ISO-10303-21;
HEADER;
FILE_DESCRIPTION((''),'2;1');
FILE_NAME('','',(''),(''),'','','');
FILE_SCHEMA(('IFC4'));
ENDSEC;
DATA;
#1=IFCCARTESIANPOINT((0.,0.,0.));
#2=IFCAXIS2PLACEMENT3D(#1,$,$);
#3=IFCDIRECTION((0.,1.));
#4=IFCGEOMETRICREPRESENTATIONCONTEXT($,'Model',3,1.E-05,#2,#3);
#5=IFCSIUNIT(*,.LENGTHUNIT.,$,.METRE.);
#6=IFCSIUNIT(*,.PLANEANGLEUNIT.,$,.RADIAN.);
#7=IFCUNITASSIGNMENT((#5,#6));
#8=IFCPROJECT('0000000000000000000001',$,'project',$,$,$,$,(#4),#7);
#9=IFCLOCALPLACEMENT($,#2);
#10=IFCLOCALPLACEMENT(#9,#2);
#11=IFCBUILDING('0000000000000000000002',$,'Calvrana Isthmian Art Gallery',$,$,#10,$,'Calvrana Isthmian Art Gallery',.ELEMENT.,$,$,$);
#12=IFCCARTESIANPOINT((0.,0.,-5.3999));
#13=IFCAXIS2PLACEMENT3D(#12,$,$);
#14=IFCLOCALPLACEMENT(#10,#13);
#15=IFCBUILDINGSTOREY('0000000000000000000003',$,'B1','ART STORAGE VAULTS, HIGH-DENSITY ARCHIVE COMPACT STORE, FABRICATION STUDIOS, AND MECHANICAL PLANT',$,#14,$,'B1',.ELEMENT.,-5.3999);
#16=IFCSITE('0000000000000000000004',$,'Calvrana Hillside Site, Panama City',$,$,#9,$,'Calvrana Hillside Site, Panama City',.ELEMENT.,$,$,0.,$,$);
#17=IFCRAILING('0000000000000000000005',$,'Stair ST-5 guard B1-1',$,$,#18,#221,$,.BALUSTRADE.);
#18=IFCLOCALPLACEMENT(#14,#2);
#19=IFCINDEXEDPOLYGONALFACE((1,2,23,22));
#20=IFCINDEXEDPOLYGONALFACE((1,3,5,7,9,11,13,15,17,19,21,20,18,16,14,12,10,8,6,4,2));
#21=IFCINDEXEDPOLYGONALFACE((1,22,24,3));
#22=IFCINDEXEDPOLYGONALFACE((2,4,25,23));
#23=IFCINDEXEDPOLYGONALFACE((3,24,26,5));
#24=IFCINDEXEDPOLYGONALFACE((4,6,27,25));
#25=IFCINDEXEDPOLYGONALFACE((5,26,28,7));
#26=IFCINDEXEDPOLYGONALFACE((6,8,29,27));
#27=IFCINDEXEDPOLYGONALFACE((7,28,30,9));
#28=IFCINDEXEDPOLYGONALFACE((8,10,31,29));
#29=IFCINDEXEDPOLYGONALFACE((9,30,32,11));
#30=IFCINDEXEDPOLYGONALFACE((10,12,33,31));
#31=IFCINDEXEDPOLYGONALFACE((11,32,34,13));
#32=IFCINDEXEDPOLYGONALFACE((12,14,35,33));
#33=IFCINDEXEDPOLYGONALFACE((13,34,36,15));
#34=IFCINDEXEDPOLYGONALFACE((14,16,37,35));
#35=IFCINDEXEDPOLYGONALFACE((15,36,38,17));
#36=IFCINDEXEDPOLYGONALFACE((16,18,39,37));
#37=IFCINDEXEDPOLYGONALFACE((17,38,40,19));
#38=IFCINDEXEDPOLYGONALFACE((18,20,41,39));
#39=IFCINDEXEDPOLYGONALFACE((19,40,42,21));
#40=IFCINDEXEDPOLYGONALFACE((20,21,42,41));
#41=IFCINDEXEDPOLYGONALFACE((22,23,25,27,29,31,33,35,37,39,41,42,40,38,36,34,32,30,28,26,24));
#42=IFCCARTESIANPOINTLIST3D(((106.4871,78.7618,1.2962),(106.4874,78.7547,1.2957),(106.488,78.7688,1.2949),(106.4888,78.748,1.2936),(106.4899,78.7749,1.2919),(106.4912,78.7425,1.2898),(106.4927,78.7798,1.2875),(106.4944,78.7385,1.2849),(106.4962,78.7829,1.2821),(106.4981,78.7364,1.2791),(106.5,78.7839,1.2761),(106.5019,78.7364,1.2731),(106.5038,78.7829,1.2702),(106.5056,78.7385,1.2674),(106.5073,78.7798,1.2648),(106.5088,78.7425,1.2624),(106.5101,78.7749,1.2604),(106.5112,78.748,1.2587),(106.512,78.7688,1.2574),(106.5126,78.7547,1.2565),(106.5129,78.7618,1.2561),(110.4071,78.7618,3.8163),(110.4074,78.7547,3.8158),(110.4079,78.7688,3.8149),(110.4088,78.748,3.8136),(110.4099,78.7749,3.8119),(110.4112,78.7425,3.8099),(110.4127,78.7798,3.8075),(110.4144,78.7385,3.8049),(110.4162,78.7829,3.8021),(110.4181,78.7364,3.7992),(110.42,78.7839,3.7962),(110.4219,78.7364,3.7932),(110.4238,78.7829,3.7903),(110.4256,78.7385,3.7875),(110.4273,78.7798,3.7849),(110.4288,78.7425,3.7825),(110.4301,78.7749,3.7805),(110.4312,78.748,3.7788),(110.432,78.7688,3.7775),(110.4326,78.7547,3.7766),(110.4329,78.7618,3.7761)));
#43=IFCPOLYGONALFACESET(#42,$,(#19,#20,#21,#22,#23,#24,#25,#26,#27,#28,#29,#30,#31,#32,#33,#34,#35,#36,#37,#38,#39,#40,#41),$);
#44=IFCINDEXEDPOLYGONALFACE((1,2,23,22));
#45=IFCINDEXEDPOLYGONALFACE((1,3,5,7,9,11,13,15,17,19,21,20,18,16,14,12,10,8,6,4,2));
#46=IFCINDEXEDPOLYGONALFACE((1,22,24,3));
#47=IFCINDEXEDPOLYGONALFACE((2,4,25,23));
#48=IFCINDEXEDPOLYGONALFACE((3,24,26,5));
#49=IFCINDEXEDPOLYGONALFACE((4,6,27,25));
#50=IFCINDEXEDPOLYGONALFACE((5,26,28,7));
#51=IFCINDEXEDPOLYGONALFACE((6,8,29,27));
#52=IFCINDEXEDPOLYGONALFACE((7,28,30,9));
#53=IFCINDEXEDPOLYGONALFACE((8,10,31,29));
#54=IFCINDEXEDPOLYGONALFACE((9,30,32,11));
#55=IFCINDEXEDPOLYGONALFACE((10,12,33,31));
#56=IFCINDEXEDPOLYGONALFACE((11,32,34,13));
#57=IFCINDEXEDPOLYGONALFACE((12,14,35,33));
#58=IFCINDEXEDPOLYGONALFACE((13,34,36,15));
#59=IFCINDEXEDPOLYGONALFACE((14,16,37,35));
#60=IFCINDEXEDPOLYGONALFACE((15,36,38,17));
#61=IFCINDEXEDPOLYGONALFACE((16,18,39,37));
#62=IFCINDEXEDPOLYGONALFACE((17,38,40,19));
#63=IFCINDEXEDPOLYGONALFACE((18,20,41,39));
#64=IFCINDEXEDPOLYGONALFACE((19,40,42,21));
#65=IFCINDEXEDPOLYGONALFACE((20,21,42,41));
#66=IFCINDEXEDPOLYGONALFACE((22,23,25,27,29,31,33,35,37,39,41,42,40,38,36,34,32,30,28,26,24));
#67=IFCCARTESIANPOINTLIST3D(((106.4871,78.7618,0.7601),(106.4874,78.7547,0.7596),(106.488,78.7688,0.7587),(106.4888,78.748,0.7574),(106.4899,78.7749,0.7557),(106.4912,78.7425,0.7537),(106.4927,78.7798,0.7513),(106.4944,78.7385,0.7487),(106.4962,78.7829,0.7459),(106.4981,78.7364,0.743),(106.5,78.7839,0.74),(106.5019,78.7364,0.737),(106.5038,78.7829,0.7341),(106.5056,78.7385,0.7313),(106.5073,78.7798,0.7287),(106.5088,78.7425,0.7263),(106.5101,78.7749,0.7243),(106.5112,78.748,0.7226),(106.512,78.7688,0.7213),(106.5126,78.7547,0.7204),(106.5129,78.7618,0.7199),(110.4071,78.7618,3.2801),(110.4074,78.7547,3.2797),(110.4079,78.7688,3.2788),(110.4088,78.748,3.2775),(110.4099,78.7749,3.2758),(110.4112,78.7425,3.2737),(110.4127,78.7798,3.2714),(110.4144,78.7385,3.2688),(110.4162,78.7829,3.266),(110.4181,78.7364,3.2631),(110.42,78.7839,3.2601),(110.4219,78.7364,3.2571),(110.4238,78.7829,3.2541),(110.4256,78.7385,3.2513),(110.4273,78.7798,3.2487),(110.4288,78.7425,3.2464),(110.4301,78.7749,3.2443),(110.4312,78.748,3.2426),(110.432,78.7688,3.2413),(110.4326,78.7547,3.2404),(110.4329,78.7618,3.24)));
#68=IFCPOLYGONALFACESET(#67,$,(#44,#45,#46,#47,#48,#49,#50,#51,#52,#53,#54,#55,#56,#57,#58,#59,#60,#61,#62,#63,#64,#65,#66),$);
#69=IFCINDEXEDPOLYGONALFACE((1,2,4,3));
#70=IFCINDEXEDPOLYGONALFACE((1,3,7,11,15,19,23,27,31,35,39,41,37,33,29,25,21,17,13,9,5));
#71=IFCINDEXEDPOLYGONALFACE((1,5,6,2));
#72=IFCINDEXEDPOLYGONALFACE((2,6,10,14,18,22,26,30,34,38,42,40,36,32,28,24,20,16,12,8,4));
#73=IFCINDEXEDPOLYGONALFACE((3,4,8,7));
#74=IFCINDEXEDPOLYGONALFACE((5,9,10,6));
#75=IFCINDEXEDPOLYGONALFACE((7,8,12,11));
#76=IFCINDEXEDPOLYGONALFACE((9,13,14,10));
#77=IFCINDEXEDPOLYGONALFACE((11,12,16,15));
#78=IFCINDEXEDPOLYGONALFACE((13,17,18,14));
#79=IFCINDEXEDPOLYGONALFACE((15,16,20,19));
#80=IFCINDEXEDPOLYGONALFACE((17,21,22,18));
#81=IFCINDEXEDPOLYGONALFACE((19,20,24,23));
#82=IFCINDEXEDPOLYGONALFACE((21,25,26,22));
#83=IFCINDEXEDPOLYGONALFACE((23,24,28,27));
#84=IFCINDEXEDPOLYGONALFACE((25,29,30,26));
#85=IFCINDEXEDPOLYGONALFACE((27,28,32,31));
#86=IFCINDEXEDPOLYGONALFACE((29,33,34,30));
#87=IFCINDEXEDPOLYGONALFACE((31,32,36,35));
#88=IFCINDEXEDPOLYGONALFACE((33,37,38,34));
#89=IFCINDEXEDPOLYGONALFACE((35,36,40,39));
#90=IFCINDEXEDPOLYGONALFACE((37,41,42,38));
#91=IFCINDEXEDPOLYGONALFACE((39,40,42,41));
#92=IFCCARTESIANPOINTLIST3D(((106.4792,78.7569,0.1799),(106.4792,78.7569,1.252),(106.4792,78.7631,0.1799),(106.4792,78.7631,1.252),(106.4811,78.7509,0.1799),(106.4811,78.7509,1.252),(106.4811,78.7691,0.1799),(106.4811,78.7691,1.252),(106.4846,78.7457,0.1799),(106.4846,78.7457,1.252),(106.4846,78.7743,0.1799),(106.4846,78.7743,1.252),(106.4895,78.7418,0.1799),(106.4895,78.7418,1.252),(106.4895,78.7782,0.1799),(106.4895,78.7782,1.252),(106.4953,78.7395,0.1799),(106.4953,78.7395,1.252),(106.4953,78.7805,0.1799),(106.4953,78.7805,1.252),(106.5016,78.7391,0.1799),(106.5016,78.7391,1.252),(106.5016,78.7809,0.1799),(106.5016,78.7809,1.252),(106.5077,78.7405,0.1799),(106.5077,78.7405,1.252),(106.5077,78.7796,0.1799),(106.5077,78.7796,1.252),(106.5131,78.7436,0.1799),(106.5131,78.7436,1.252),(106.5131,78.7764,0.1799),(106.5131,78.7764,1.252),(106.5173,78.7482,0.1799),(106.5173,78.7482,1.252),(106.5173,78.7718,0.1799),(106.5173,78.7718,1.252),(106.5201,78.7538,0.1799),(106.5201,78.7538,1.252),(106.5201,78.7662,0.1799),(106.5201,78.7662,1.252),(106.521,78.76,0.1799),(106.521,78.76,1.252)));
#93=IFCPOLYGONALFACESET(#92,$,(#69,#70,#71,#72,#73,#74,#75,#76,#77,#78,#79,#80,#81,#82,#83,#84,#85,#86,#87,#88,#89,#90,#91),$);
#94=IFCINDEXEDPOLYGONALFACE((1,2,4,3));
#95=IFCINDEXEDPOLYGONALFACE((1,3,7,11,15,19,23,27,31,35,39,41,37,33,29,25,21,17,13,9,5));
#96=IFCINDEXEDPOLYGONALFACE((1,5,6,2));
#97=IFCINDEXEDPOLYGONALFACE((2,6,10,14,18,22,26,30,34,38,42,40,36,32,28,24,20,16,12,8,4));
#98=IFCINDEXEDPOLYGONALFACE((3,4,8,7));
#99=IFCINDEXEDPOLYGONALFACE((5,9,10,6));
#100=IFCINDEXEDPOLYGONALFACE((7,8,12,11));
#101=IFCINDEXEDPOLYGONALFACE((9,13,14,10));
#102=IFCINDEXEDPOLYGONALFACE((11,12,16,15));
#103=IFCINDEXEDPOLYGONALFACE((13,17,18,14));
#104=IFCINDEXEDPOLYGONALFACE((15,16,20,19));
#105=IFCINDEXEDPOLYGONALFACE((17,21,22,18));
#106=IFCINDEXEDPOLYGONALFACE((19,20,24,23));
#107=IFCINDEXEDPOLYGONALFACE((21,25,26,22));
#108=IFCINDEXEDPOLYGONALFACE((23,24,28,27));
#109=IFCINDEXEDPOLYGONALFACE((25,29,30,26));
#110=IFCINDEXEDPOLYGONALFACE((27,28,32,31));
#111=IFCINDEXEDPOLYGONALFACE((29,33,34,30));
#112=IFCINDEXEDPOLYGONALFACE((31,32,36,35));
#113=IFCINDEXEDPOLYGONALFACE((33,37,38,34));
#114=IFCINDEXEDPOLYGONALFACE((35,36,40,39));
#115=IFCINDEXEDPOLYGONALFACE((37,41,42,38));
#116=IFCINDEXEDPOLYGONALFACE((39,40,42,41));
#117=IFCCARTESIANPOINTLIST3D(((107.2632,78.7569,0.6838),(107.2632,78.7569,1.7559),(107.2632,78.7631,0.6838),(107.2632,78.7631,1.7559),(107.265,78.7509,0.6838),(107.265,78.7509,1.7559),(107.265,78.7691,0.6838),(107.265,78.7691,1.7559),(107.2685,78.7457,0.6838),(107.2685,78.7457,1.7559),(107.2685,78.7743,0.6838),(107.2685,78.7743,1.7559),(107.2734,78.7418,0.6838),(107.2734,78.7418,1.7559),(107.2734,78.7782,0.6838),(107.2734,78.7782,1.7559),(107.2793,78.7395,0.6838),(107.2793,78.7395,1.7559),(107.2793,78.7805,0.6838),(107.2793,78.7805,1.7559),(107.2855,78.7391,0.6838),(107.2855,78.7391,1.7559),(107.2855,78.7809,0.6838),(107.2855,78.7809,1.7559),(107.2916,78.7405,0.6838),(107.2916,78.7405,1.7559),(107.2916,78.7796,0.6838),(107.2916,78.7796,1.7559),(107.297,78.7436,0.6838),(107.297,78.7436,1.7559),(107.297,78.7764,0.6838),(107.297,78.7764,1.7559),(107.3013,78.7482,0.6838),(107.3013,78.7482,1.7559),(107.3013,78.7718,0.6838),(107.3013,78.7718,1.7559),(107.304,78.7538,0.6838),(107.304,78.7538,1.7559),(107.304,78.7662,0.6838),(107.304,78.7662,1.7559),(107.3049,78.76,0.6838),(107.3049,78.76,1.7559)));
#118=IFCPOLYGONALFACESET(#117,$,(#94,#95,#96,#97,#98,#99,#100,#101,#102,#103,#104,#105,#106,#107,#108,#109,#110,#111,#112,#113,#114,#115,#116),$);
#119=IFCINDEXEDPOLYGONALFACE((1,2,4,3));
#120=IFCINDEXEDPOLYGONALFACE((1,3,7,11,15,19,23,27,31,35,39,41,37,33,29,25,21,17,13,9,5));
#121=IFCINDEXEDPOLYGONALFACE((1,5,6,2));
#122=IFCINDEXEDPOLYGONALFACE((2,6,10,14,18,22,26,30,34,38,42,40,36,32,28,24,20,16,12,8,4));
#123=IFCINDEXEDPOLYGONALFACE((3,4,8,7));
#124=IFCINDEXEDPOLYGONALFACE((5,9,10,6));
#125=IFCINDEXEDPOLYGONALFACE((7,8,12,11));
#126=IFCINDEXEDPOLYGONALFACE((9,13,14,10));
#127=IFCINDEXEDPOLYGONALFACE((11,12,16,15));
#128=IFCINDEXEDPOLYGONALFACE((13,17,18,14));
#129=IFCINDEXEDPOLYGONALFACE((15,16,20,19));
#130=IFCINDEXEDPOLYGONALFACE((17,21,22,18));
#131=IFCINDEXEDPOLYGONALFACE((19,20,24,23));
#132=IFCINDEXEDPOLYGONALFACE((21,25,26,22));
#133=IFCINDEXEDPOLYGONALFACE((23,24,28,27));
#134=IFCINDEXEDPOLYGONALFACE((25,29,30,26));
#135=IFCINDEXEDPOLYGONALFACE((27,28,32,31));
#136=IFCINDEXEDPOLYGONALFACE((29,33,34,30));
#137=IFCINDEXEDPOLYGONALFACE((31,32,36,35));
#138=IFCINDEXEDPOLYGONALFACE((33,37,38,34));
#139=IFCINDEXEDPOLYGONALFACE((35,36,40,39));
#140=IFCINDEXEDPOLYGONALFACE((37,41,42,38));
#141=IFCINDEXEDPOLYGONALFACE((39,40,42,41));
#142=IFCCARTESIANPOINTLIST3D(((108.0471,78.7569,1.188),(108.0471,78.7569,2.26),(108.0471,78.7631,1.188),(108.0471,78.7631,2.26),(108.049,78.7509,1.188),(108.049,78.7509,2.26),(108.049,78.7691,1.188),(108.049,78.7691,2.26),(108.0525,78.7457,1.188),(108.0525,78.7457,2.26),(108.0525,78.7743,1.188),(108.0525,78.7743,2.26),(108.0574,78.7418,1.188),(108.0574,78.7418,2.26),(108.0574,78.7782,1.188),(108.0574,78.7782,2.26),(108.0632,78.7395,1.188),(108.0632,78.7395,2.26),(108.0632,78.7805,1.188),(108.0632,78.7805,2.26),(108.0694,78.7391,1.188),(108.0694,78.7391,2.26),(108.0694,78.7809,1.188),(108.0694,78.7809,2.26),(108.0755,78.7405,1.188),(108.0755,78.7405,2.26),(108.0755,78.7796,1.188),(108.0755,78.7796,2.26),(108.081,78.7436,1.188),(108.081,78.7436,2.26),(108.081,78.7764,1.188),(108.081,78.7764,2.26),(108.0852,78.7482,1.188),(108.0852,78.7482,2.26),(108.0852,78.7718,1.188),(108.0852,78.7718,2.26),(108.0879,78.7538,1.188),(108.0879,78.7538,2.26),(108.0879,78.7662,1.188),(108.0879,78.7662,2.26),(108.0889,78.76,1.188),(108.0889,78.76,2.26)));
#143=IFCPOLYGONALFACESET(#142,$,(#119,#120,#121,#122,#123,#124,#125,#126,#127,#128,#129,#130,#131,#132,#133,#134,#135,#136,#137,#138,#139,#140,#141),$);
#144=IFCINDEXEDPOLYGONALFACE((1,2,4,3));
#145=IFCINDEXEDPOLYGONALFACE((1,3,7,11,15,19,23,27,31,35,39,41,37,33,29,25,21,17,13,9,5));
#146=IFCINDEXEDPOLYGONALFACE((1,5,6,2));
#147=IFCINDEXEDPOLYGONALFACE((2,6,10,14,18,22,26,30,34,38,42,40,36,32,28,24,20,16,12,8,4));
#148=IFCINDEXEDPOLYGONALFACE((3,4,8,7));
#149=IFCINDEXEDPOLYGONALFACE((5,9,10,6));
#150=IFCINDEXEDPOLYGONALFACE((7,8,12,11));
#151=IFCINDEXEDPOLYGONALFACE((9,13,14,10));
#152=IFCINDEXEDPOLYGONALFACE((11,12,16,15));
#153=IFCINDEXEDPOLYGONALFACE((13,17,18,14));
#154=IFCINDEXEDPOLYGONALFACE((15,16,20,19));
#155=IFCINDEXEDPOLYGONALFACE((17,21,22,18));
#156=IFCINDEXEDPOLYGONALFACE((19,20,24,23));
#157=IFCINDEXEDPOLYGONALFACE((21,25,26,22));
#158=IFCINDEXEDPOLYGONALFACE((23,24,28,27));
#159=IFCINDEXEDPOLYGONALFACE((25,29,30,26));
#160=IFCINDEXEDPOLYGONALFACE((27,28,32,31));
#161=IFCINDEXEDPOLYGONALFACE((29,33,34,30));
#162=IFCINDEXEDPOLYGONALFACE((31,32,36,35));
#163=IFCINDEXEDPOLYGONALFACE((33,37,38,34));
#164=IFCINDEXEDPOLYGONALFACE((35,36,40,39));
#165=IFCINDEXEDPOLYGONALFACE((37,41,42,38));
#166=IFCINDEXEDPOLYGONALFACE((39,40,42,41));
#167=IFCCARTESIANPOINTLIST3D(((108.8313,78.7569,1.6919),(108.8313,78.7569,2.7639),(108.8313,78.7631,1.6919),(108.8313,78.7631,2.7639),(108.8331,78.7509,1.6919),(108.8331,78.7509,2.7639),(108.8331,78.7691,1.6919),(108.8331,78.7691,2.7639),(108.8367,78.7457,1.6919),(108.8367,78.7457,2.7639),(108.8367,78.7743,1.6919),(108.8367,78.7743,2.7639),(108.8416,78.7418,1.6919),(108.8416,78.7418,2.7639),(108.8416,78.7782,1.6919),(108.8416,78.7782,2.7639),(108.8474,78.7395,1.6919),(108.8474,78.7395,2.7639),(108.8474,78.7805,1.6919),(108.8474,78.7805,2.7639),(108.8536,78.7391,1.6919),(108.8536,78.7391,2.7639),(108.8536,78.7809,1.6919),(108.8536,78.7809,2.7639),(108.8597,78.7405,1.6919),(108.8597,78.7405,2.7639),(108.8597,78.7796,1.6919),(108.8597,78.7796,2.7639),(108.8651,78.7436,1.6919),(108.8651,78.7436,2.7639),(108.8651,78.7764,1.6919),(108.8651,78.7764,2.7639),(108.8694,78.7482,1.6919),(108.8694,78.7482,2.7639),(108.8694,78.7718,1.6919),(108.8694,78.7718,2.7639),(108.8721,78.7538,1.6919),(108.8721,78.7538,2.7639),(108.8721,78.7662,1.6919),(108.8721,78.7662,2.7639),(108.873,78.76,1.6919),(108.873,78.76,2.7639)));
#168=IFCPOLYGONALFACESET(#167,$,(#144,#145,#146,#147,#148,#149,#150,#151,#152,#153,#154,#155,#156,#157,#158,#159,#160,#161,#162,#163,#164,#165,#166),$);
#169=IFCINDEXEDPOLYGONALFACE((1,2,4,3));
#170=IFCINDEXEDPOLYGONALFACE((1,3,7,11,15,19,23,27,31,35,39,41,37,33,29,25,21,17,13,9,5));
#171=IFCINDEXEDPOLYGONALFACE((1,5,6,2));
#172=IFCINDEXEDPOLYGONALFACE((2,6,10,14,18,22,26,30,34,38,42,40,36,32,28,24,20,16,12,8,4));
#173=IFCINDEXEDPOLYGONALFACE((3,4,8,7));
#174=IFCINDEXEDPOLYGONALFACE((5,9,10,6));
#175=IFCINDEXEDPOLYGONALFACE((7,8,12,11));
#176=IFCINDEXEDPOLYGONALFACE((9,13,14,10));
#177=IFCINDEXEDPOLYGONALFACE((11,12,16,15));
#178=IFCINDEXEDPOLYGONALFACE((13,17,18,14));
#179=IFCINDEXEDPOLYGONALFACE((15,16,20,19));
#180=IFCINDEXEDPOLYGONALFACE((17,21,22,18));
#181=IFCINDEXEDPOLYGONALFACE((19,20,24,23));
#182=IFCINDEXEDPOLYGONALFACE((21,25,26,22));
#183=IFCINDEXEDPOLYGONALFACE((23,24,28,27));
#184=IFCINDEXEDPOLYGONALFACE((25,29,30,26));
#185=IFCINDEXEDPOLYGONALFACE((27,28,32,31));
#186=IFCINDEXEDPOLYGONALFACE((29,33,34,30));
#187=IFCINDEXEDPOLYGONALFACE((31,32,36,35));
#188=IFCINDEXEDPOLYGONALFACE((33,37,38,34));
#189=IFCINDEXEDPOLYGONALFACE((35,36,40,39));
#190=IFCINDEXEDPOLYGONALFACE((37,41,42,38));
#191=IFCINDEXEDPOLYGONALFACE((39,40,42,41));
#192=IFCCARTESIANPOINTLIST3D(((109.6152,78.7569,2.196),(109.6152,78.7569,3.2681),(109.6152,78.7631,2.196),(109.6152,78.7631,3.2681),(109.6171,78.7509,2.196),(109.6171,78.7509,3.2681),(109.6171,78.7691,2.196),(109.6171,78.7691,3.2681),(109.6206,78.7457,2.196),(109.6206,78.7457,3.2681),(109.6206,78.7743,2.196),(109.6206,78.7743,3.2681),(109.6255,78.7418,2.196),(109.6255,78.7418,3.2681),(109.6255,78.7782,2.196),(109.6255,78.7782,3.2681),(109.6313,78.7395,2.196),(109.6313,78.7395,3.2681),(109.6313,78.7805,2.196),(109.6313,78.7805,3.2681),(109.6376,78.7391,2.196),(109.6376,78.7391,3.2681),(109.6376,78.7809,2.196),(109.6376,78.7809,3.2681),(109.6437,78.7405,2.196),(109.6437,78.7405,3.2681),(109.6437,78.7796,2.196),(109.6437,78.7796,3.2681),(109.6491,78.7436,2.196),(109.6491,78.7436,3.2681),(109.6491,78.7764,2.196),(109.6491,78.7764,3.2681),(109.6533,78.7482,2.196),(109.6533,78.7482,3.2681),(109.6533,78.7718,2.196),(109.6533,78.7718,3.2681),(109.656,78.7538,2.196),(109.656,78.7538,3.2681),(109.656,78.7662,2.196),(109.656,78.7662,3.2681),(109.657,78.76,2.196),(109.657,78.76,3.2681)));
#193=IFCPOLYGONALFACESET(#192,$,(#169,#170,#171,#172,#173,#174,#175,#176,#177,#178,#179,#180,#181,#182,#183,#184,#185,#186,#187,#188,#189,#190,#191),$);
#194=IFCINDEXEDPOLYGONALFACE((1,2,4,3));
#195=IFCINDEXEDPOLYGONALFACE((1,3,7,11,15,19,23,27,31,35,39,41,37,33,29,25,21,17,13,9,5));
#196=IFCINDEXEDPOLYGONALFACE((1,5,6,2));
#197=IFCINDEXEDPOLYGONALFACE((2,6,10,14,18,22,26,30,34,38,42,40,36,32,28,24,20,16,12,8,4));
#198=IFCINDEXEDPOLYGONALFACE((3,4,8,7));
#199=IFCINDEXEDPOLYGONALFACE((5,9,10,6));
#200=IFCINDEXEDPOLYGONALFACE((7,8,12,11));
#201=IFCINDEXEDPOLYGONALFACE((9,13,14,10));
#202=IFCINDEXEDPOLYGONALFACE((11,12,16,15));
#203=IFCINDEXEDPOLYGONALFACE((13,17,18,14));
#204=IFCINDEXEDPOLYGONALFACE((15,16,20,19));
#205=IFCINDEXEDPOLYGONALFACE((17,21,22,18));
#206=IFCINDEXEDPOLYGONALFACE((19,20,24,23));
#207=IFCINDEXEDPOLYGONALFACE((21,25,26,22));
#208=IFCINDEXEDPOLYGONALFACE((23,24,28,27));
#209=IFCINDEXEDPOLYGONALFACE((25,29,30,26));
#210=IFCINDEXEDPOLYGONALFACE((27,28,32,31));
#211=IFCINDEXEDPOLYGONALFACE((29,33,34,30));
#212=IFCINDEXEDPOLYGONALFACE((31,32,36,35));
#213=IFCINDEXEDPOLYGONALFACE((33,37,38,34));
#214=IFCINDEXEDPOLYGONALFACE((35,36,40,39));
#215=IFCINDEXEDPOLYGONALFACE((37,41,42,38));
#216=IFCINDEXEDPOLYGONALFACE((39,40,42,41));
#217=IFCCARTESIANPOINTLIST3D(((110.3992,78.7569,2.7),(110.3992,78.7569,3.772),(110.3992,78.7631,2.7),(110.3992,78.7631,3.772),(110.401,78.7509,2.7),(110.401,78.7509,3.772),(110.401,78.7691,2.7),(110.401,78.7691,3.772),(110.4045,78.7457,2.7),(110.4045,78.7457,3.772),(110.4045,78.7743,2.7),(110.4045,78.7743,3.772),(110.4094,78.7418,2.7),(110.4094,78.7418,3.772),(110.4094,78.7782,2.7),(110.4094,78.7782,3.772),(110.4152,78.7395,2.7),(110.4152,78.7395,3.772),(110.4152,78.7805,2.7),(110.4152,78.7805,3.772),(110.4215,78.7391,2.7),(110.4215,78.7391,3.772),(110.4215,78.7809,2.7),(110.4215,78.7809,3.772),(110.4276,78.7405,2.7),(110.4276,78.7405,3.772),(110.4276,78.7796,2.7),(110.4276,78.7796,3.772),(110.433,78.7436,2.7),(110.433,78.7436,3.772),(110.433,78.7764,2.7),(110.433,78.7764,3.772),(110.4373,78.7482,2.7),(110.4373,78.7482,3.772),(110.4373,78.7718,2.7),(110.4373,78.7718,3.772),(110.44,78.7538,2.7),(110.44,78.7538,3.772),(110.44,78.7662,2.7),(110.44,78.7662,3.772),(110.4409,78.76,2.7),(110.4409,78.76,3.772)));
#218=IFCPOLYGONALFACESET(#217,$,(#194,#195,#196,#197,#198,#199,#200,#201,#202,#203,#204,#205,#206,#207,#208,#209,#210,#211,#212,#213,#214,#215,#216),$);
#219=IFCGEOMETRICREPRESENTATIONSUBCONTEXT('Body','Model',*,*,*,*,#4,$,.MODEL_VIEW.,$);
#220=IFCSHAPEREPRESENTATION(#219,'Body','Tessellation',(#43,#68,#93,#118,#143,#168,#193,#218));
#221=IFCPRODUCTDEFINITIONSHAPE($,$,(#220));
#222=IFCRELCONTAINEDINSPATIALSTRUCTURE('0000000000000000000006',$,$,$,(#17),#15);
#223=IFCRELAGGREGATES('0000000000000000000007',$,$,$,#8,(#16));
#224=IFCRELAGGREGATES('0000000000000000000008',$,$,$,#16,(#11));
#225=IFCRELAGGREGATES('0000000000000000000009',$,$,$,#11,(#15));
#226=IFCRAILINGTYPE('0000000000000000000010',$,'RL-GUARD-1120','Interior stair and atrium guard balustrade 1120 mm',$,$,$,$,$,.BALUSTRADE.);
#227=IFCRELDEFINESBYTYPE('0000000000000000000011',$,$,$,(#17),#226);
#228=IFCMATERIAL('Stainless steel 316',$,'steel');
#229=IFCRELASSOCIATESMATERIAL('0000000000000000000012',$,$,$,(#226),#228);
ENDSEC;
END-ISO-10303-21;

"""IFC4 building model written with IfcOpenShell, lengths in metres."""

from ifc_helpers import new_model, si_unit, direction, frame, origin, origin_2d, place, context, subcontext, project, spatial, circle, extrude, material, type_object, element, save


model = new_model("IFC4")

# Units and contexts
model_context = context("Model", 3, precision=1e-05, world=origin(), true_north=direction((0.0, 1.0)))
body_context = subcontext(model_context, "Body", "Model", "MODEL_VIEW")
ifc_project = project(units=[si_unit("LENGTHUNIT", "METRE"), si_unit("PLANEANGLEUNIT", "RADIAN")], contexts=[model_context])

# Site, building, storey
site_placement = place(None, origin())
site = spatial("IfcSite", under=ifc_project, at=site_placement, Name="Calvrana Hillside Site, Panama City", LongName="Calvrana Hillside Site, Panama City", CompositionType="ELEMENT", RefElevation=0.0)
building_placement = place(site_placement, origin())
building = spatial("IfcBuilding", under=site, at=building_placement, Name="Calvrana Isthmian Art Gallery", LongName="Calvrana Isthmian Art Gallery", CompositionType="ELEMENT")
storey_placement = place(building_placement, frame((0.0, 0.0, -5.3999)))
storey = spatial("IfcBuildingStorey", under=building, at=storey_placement, Name="B1", Description="ART STORAGE VAULTS, HIGH-DENSITY ARCHIVE COMPACT STORE, FABRICATION STUDIOS, AND MECHANICAL PLANT", LongName="B1", CompositionType="ELEMENT", Elevation=-5.3999)

# Railing
ifc_material_1 = material(Name="Stainless steel 316", Category="steel")
railing_type_1 = type_object("IfcRailingType", Name="RL-GUARD-1120", Description="Interior stair and atrium guard balustrade 1120 mm", PredefinedType="BALUSTRADE", material=ifc_material_1)
railing_1_placement = place(storey_placement, frame((106.5, 78.76, 0.1799)))
element("IfcRailing", 1, at=railing_1_placement, inside=storey, type_object=railing_type_1, Name="Stair ST-5 guard B1-1", PredefinedType="BALUSTRADE", context=body_context, shape_type="SweptSolid", body=[
    extrude(circle(Radius=0.0239, at=origin_2d()), frame((0.0, 0.0, 1.0962), z_axis=(0.841172, 0.0, 0.540768), x_axis=(0.0, 1.0, 0.0)), (0.0, 0.0, 1.0), 4.6602),
    extrude(circle(Radius=0.0239, at=origin_2d()), frame((0.0, 0.0, 0.5601), z_axis=(0.841172, 0.0, 0.540768), x_axis=(0.0, 1.0, 0.0)), (0.0, 0.0, 1.0), 4.6602),
    extrude(circle(Radius=0.021, at=origin_2d()), origin(), (0.0, 0.0, 1.0), 1.072),
    extrude(circle(Radius=0.021, at=origin_2d()), frame((0.7839, 0.0, 0.5039)), (0.0, 0.0, 1.0), 1.072),
    extrude(circle(Radius=0.021, at=origin_2d()), frame((1.5679, 0.0, 1.0081)), (0.0, 0.0, 1.0), 1.072),
    extrude(circle(Radius=0.021, at=origin_2d()), frame((2.3521, 0.0, 1.512)), (0.0, 0.0, 1.0), 1.072),
    extrude(circle(Radius=0.021, at=origin_2d()), frame((3.136, 0.0, 2.0161)), (0.0, 0.0, 1.0), 1.072),
    extrude(circle(Radius=0.021, at=origin_2d()), frame((3.9199, 0.0, 2.52)), (0.0, 0.0, 1.0), 1.072),
])

save(model, "model.ifc")
